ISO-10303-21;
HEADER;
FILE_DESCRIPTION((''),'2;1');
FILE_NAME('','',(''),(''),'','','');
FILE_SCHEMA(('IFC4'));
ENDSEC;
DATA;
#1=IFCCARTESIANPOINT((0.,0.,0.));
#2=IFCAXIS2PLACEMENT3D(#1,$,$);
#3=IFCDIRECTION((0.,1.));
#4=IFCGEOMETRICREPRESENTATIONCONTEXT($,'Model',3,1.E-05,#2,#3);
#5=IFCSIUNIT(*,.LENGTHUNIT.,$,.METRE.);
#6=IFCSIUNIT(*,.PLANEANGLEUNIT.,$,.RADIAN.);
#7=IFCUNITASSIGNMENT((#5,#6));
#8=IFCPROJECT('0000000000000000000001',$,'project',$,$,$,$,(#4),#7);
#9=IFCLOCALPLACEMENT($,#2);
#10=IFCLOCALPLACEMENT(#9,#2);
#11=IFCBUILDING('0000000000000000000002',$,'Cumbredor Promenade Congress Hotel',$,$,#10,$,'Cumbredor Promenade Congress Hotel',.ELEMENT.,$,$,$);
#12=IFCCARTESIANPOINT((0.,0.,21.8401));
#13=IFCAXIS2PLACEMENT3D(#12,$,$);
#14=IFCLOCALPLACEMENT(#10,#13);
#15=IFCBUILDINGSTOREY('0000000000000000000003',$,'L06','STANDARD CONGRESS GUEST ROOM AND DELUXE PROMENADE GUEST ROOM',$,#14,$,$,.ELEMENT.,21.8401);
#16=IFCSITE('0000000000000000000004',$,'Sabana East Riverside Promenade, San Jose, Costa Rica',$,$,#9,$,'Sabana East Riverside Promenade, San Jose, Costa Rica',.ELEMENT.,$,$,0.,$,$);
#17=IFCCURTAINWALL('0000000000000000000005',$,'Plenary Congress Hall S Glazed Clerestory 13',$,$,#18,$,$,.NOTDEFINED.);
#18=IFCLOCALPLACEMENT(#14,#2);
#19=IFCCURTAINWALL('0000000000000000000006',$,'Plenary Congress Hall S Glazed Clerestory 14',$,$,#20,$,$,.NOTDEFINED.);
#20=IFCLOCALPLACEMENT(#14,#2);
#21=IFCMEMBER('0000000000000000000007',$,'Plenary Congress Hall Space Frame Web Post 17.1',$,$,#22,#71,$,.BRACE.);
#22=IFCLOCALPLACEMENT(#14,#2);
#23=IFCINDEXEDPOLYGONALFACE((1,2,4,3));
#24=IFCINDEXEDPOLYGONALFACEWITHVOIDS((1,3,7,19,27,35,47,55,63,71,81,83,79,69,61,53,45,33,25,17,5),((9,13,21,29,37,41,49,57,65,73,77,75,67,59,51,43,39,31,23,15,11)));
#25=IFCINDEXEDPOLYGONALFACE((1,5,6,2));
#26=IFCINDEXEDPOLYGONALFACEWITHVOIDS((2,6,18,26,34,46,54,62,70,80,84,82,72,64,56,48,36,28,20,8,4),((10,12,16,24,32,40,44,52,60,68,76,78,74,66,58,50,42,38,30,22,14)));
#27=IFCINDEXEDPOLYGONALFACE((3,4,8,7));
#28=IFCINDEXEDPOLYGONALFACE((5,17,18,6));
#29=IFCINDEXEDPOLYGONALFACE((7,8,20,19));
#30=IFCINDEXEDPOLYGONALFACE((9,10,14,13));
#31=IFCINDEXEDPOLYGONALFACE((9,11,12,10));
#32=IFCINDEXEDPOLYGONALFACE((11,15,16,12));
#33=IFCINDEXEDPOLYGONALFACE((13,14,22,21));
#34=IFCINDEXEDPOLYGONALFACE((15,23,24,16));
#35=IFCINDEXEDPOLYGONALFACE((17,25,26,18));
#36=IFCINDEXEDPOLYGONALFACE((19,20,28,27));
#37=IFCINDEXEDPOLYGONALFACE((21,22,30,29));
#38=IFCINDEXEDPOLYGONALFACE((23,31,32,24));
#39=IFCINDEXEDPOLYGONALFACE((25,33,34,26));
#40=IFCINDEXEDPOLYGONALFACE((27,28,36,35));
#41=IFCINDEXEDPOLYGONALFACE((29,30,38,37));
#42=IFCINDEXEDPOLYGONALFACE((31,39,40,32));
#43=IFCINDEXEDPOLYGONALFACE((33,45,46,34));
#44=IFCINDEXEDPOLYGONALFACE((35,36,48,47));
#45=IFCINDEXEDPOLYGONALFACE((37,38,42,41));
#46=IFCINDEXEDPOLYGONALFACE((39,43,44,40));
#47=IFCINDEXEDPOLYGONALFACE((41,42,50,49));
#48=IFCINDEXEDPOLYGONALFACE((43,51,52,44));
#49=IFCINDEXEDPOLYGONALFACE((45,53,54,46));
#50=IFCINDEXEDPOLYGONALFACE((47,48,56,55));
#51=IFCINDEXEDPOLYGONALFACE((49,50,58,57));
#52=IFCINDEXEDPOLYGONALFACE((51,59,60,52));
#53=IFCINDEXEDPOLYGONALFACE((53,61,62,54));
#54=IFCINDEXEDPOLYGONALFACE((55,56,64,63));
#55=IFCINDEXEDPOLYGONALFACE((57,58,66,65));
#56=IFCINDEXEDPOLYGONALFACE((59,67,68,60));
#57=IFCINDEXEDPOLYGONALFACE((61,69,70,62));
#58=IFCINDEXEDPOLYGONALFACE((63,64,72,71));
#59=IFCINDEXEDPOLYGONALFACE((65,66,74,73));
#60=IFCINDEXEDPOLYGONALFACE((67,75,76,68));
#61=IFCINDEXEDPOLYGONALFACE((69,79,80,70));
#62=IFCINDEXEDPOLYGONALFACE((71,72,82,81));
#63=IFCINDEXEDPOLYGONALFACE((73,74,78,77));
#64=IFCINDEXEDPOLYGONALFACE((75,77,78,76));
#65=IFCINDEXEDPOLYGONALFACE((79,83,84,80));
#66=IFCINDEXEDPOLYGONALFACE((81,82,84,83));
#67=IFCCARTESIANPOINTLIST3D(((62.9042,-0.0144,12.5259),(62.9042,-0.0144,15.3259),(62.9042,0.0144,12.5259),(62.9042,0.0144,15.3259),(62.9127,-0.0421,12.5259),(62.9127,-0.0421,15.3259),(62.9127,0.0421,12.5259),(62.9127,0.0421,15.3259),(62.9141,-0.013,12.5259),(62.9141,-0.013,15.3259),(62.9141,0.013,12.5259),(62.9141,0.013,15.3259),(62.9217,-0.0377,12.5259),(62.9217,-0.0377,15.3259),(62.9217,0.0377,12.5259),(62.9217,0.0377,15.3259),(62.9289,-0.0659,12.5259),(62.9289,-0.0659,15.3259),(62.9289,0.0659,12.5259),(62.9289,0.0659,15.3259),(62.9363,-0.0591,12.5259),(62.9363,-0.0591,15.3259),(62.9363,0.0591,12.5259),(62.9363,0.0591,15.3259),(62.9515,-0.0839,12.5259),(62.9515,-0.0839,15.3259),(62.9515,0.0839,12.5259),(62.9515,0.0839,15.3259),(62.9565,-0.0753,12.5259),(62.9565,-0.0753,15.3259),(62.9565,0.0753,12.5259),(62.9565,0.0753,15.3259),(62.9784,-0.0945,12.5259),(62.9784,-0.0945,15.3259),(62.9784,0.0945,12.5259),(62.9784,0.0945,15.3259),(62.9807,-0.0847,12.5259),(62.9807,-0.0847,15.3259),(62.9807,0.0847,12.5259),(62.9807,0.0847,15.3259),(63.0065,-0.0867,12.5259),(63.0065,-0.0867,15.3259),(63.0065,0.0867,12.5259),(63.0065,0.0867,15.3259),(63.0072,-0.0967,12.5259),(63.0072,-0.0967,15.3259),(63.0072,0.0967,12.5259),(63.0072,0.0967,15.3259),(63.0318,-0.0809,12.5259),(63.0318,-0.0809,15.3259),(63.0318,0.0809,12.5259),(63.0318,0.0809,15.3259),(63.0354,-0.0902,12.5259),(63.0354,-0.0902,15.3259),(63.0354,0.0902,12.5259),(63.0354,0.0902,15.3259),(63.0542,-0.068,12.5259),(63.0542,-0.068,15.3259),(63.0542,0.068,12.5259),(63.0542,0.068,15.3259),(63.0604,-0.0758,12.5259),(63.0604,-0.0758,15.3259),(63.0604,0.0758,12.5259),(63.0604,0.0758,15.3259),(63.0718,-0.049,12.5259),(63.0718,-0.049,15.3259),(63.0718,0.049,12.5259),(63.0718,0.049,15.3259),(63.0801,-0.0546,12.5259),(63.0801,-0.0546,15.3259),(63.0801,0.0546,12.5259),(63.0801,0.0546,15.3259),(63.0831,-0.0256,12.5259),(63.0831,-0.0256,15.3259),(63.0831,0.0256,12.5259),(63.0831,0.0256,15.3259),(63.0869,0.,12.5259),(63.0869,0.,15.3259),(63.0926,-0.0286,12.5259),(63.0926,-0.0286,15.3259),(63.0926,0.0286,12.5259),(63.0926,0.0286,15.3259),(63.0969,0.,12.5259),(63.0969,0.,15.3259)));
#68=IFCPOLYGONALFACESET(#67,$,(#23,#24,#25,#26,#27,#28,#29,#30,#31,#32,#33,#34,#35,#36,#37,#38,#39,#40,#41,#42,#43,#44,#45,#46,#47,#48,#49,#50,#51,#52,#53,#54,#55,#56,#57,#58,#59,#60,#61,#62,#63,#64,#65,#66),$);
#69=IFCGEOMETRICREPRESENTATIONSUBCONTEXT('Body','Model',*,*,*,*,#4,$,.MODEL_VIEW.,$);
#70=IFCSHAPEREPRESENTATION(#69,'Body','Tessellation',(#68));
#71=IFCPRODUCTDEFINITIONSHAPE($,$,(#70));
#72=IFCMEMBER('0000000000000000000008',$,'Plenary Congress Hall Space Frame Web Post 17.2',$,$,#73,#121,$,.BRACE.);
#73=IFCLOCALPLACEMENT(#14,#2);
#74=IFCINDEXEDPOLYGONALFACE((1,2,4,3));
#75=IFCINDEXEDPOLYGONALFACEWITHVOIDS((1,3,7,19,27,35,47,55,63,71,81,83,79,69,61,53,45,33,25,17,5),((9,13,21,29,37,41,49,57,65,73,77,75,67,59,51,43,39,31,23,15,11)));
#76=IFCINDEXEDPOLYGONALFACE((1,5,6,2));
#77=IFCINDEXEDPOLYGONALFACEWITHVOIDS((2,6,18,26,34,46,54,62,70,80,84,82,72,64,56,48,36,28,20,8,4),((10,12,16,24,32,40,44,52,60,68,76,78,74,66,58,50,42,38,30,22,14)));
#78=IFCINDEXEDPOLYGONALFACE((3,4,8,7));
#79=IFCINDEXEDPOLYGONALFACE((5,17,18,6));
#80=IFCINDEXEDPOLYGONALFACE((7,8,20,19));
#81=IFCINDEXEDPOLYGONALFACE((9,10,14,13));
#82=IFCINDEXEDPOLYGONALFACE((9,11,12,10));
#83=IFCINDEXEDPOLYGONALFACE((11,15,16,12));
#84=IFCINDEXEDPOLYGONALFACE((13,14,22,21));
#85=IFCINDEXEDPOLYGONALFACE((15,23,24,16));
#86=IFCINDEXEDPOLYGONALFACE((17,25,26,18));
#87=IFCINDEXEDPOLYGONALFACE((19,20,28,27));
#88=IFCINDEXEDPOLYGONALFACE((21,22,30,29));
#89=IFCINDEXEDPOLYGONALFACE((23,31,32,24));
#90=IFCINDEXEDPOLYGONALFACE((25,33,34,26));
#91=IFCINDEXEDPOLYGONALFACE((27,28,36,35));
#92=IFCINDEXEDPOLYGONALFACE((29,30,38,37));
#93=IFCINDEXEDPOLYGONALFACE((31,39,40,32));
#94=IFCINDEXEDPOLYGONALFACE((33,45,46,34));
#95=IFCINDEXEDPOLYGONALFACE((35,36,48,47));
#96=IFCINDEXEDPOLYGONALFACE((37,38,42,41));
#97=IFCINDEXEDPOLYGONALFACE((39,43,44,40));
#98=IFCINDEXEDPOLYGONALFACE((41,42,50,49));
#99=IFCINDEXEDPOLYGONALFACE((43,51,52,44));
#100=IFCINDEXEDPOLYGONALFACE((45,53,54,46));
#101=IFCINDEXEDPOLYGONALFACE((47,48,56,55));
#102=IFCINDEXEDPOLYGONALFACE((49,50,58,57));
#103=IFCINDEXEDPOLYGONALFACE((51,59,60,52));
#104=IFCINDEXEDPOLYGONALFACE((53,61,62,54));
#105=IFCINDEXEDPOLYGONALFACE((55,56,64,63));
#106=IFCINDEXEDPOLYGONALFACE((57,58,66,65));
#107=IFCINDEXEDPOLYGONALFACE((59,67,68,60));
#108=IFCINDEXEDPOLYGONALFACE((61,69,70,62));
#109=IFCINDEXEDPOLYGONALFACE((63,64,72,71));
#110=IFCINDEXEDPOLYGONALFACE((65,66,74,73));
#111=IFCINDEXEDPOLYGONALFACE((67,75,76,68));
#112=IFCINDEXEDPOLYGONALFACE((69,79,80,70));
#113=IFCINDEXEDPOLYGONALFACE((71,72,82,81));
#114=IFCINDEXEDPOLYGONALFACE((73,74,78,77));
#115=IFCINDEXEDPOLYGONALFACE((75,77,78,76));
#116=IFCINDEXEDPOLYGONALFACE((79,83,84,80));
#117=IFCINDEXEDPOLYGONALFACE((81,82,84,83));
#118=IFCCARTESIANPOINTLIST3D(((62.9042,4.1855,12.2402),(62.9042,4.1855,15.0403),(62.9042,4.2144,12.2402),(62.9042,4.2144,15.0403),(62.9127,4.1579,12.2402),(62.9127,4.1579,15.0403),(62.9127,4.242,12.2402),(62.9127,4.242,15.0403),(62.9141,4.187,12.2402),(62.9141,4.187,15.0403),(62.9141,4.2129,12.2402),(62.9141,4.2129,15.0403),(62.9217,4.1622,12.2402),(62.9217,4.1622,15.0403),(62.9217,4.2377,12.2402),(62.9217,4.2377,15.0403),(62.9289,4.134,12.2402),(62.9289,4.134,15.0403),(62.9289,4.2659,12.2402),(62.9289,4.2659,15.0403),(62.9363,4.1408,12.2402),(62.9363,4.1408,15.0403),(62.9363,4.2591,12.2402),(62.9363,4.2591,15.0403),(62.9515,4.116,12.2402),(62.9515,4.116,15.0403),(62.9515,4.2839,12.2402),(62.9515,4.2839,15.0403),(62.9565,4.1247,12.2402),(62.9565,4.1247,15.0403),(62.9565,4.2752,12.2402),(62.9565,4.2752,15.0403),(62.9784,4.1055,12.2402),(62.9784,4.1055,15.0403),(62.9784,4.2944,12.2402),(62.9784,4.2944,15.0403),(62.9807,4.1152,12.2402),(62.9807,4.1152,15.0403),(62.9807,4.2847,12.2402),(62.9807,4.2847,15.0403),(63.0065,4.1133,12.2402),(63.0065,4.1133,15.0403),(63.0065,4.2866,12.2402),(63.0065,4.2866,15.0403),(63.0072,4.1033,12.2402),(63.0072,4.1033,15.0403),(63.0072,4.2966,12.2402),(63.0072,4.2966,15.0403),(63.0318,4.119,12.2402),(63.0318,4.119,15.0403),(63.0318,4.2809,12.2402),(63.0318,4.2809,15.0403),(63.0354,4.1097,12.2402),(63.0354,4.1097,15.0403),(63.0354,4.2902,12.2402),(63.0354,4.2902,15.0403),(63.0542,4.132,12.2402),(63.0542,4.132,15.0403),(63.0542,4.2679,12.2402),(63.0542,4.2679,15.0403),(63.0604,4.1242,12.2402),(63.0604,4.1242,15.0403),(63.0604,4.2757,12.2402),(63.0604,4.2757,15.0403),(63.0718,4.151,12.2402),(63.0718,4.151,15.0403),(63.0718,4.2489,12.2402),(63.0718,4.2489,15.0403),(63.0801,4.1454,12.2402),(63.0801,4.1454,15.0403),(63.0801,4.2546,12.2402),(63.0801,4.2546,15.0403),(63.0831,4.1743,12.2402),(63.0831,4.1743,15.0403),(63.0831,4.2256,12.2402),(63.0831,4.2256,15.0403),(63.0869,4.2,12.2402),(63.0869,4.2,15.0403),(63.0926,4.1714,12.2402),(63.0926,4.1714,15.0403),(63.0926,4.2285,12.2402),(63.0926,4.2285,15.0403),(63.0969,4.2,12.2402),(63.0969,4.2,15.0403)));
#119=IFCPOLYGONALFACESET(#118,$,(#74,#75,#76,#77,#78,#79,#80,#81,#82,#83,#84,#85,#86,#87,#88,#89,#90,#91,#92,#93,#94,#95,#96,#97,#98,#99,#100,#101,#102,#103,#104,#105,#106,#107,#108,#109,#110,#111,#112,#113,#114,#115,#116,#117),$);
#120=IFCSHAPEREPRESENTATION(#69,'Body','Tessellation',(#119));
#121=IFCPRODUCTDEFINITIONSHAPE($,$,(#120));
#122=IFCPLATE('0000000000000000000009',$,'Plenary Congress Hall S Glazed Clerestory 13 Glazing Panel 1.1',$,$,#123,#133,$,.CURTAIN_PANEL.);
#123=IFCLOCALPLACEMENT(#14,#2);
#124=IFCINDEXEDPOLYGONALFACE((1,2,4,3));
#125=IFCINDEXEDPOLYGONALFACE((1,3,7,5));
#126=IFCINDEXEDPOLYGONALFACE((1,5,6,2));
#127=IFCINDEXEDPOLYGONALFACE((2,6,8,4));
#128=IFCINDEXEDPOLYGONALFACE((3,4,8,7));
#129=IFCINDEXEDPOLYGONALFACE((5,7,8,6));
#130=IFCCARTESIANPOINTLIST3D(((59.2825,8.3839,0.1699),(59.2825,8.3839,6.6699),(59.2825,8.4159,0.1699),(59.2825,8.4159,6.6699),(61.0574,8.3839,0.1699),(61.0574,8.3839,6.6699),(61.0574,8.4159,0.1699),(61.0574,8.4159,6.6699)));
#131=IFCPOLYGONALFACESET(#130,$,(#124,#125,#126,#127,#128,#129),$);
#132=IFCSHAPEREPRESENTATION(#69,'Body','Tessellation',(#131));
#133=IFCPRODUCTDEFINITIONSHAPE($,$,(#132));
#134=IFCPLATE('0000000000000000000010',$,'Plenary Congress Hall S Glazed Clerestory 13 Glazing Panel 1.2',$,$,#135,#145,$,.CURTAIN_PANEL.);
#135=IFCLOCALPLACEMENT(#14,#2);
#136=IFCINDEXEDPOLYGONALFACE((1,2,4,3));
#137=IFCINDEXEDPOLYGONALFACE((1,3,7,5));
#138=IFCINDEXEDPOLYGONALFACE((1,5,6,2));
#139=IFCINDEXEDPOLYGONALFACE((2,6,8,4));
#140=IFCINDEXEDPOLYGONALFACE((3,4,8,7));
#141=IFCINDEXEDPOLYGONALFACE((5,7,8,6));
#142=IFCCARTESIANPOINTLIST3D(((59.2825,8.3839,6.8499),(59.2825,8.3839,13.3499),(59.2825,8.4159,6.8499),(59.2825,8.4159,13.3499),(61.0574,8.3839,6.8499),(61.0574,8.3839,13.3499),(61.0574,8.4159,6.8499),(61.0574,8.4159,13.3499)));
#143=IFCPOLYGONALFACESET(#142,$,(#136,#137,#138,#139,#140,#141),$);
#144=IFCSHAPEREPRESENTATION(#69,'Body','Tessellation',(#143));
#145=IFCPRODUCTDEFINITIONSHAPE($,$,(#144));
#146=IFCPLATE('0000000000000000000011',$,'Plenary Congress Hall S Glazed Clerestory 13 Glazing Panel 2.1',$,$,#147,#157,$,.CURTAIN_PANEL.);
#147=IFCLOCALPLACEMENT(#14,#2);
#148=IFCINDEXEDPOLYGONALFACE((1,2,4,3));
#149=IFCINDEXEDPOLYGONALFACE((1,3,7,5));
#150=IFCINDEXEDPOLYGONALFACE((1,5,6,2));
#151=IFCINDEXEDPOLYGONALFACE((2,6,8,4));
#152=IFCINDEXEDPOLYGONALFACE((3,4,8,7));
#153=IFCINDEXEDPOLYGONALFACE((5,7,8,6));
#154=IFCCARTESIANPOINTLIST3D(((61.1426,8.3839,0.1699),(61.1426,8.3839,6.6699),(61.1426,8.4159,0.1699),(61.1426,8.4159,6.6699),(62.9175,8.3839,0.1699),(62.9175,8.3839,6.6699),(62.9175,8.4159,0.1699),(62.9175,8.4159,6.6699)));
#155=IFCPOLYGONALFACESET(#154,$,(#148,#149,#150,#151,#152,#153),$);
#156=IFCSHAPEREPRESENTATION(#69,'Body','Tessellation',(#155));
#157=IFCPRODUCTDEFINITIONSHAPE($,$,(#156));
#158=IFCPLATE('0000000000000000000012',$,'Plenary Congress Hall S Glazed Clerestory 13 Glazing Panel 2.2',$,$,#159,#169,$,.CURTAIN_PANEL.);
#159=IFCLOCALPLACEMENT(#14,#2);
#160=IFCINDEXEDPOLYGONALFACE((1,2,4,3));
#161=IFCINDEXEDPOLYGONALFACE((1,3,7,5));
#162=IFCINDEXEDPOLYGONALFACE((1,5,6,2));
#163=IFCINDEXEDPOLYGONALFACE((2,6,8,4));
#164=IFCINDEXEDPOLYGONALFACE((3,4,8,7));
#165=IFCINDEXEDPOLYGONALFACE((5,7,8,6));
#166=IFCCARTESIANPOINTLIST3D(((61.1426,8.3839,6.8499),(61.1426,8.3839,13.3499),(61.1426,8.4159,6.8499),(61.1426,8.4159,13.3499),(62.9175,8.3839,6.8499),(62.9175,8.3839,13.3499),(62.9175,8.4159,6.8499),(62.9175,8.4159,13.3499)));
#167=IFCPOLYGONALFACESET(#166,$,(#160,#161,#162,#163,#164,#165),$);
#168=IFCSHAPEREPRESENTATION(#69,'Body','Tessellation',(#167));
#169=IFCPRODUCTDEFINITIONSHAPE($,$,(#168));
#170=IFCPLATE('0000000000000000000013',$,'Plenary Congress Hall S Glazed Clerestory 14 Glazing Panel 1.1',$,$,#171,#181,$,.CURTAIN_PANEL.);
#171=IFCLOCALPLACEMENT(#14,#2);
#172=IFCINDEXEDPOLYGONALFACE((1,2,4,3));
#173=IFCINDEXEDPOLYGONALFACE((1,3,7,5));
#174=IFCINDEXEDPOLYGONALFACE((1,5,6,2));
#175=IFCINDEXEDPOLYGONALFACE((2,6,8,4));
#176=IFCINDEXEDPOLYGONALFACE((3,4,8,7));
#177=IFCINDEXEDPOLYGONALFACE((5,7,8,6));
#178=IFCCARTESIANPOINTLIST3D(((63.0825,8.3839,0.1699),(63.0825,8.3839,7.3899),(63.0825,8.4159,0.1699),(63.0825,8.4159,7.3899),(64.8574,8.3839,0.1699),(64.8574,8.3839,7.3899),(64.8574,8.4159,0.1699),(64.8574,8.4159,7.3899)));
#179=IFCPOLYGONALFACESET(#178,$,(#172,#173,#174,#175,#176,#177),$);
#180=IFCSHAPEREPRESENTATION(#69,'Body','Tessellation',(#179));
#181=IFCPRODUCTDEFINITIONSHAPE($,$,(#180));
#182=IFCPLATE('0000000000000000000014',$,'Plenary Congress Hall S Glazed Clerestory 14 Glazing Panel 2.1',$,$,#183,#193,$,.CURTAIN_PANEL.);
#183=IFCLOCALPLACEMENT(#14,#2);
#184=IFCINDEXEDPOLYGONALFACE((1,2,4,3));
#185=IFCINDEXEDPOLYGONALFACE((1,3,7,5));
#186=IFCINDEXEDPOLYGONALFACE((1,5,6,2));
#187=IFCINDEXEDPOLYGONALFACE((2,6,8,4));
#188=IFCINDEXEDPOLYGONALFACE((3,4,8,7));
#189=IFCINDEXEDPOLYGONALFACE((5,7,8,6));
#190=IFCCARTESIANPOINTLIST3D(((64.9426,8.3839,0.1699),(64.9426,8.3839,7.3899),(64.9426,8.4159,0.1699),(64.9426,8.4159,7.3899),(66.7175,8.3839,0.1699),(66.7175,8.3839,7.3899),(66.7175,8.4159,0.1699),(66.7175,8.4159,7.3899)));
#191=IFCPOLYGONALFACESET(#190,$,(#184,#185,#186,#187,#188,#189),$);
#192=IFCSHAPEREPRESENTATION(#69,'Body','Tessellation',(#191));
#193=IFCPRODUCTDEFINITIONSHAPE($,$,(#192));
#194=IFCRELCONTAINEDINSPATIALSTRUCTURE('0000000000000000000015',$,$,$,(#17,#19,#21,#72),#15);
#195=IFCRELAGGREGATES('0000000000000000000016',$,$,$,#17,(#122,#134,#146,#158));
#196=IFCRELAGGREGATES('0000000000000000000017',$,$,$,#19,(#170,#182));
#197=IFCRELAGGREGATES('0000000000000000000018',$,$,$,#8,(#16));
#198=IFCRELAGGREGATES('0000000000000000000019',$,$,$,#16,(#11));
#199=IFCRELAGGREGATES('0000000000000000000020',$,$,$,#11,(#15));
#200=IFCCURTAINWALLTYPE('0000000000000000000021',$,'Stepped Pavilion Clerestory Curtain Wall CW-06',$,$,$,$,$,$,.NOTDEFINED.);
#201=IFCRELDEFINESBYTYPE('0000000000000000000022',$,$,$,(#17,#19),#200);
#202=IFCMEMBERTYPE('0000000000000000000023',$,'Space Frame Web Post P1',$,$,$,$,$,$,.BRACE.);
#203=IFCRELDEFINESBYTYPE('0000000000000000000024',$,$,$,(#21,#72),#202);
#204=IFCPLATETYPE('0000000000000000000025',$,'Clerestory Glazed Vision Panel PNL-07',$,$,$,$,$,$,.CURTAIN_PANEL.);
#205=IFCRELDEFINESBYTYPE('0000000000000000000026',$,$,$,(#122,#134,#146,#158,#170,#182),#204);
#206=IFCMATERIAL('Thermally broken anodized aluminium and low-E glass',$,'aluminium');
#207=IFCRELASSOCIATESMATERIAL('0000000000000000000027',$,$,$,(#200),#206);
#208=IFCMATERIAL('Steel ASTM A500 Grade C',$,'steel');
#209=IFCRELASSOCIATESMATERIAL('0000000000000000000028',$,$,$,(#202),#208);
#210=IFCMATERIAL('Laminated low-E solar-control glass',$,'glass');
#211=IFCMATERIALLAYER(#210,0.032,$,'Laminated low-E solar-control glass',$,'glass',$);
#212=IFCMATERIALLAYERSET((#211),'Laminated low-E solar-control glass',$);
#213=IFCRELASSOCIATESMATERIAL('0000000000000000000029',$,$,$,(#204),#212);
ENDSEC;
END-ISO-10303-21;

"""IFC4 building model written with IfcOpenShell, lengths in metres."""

from ifc_helpers import new_model, si_unit, direction, frame, origin, origin_2d, place, context, subcontext, project, spatial, rectangle, hollow_circle, extrude, material, layer, layer_set, material_profile, profile_set, type_object, element, aggregate, save


model = new_model("IFC4")

# Units and contexts
model_context = context("Model", 3, precision=1e-05, world=origin(), true_north=direction((0.0, 1.0)))
body_context = subcontext(model_context, "Body", "Model", "MODEL_VIEW")
ifc_project = project(units=[si_unit("LENGTHUNIT", "METRE"), si_unit("PLANEANGLEUNIT", "RADIAN")], contexts=[model_context])

# Site, building, storey
site_placement = place(None, origin())
site = spatial("IfcSite", under=ifc_project, at=site_placement, Name="Sabana East Riverside Promenade, San Jose, Costa Rica", LongName="Sabana East Riverside Promenade, San Jose, Costa Rica", CompositionType="ELEMENT", RefElevation=0.0)
building_placement = place(site_placement, origin())
building = spatial("IfcBuilding", under=site, at=building_placement, Name="Cumbredor Promenade Congress Hotel", LongName="Cumbredor Promenade Congress Hotel", CompositionType="ELEMENT")
storey_placement = place(building_placement, frame((0.0, 0.0, 21.8401)))
storey = spatial("IfcBuildingStorey", under=building, at=storey_placement, Name="L06", Description="STANDARD CONGRESS GUEST ROOM AND DELUXE PROMENADE GUEST ROOM", CompositionType="ELEMENT", Elevation=21.8401)

# Curtain walls
ifc_material_1 = material(Name="Thermally broken anodized aluminium and low-E glass", Category="aluminium")
curtain_wall_type = type_object("IfcCurtainWallType", Name="Stepped Pavilion Clerestory Curtain Wall CW-06", PredefinedType="NOTDEFINED", material=ifc_material_1)
curtain_wall_1_placement = place(storey_placement, origin())
curtain_wall_1 = element("IfcCurtainWall", 1, at=curtain_wall_1_placement, inside=storey, type_object=curtain_wall_type, Name="Plenary Congress Hall S Glazed Clerestory 13", PredefinedType="NOTDEFINED")
curtain_wall_2_placement = place(storey_placement, origin())
curtain_wall_2 = element("IfcCurtainWall", 2, at=curtain_wall_2_placement, inside=storey, type_object=curtain_wall_type, Name="Plenary Congress Hall S Glazed Clerestory 14", PredefinedType="NOTDEFINED")

# Members
ifc_material_2 = material(Name="Steel ASTM A500 Grade C", Category="steel")
ifc_material_profile_1 = material_profile(ifc_material_2, hollow_circle(Radius=0.0969, WallThickness=0.01, at=origin_2d()), Name="CHS 193.7x10")
ifc_profile_set_1 = profile_set([ifc_material_profile_1], Name="Steel ASTM A500 Grade C")
member_type_1 = type_object("IfcMemberType", Name="Space Frame Web Post P1", PredefinedType="BRACE", material=ifc_profile_set_1)
for number, where, z_axis, x_axis, name in (
    (3, (63.0, 0.0, 12.5259), (0.0, 0.0, 1.0), (1.0, 0.0, 0.0), "Plenary Congress Hall Space Frame Web Post 17.1"),
    (4, (63.0, 4.2, 12.2402), (0.0, 0.0, 1.0), (1.0, 0.0, 0.0), "Plenary Congress Hall Space Frame Web Post 17.2"),
):
    element("IfcMember", number, at=place(storey_placement, frame(where, z_axis=z_axis, x_axis=x_axis)), inside=storey, type_object=member_type_1, Name=name, PredefinedType="BRACE", context=body_context, shape_type="SweptSolid", body=[
        extrude(hollow_circle(Radius=0.0969, WallThickness=0.01, at=origin_2d()), origin(), (0.0, 0.0, 1.0), 2.8),
    ])

# Plates
ifc_material_3 = material(Name="Laminated low-E solar-control glass", Category="glass")
ifc_layer_1 = layer(ifc_material_3, 0.032, Name="Laminated low-E solar-control glass", Category="glass")
ifc_layer_set_1 = layer_set([ifc_layer_1], Name="Laminated low-E solar-control glass")
plate_type_1 = type_object("IfcPlateType", Name="Clerestory Glazed Vision Panel PNL-07", PredefinedType="CURTAIN_PANEL", material=ifc_layer_set_1)
plate_1_placement = place(storey_placement, frame((60.1699, 8.3999, 0.1699), z_axis=(0.0, 0.0, 1.0), x_axis=(1.0, 0.0, 0.0)))
plate_1 = element("IfcPlate", 5, at=plate_1_placement, type_object=plate_type_1, Name="Plenary Congress Hall S Glazed Clerestory 13 Glazing Panel 1.1", PredefinedType="CURTAIN_PANEL", context=body_context, shape_type="SweptSolid", body=[
    extrude(rectangle(XDim=1.7749, YDim=0.032, at=origin_2d()), origin(), (0.0, 0.0, 1.0), 6.5),
])
plate_2_placement = place(storey_placement, frame((60.1699, 8.3999, 6.8499), z_axis=(0.0, 0.0, 1.0), x_axis=(1.0, 0.0, 0.0)))
plate_2 = element("IfcPlate", 6, at=plate_2_placement, type_object=plate_type_1, Name="Plenary Congress Hall S Glazed Clerestory 13 Glazing Panel 1.2", PredefinedType="CURTAIN_PANEL", context=body_context, shape_type="SweptSolid", body=[
    extrude(rectangle(XDim=1.7749, YDim=0.032, at=origin_2d()), origin(), (0.0, 0.0, 1.0), 6.5),
])
plate_3_placement = place(storey_placement, frame((62.03, 8.3999, 0.1699), z_axis=(0.0, 0.0, 1.0), x_axis=(1.0, 0.0, 0.0)))
plate_3 = element("IfcPlate", 7, at=plate_3_placement, type_object=plate_type_1, Name="Plenary Congress Hall S Glazed Clerestory 13 Glazing Panel 2.1", PredefinedType="CURTAIN_PANEL", context=body_context, shape_type="SweptSolid", body=[
    extrude(rectangle(XDim=1.7749, YDim=0.032, at=origin_2d()), origin(), (0.0, 0.0, 1.0), 6.5),
])
plate_4_placement = place(storey_placement, frame((62.03, 8.3999, 6.8499), z_axis=(0.0, 0.0, 1.0), x_axis=(1.0, 0.0, 0.0)))
plate_4 = element("IfcPlate", 8, at=plate_4_placement, type_object=plate_type_1, Name="Plenary Congress Hall S Glazed Clerestory 13 Glazing Panel 2.2", PredefinedType="CURTAIN_PANEL", context=body_context, shape_type="SweptSolid", body=[
    extrude(rectangle(XDim=1.7749, YDim=0.032, at=origin_2d()), origin(), (0.0, 0.0, 1.0), 6.5),
])
aggregate(curtain_wall_1, [plate_1, plate_2, plate_3, plate_4])
plate_5_placement = place(storey_placement, frame((63.97, 8.3999, 0.1699), z_axis=(0.0, 0.0, 1.0), x_axis=(1.0, 0.0, 0.0)))
plate_5 = element("IfcPlate", 9, at=plate_5_placement, type_object=plate_type_1, Name="Plenary Congress Hall S Glazed Clerestory 14 Glazing Panel 1.1", PredefinedType="CURTAIN_PANEL", context=body_context, shape_type="SweptSolid", body=[
    extrude(rectangle(XDim=1.7749, YDim=0.032, at=origin_2d()), origin(), (0.0, 0.0, 1.0), 7.22),
])
plate_6_placement = place(storey_placement, frame((65.8301, 8.3999, 0.1699), z_axis=(0.0, 0.0, 1.0), x_axis=(1.0, 0.0, 0.0)))
plate_6 = element("IfcPlate", 10, at=plate_6_placement, type_object=plate_type_1, Name="Plenary Congress Hall S Glazed Clerestory 14 Glazing Panel 2.1", PredefinedType="CURTAIN_PANEL", context=body_context, shape_type="SweptSolid", body=[
    extrude(rectangle(XDim=1.7749, YDim=0.032, at=origin_2d()), origin(), (0.0, 0.0, 1.0), 7.22),
])
aggregate(curtain_wall_2, [plate_5, plate_6])

save(model, "model.ifc")
